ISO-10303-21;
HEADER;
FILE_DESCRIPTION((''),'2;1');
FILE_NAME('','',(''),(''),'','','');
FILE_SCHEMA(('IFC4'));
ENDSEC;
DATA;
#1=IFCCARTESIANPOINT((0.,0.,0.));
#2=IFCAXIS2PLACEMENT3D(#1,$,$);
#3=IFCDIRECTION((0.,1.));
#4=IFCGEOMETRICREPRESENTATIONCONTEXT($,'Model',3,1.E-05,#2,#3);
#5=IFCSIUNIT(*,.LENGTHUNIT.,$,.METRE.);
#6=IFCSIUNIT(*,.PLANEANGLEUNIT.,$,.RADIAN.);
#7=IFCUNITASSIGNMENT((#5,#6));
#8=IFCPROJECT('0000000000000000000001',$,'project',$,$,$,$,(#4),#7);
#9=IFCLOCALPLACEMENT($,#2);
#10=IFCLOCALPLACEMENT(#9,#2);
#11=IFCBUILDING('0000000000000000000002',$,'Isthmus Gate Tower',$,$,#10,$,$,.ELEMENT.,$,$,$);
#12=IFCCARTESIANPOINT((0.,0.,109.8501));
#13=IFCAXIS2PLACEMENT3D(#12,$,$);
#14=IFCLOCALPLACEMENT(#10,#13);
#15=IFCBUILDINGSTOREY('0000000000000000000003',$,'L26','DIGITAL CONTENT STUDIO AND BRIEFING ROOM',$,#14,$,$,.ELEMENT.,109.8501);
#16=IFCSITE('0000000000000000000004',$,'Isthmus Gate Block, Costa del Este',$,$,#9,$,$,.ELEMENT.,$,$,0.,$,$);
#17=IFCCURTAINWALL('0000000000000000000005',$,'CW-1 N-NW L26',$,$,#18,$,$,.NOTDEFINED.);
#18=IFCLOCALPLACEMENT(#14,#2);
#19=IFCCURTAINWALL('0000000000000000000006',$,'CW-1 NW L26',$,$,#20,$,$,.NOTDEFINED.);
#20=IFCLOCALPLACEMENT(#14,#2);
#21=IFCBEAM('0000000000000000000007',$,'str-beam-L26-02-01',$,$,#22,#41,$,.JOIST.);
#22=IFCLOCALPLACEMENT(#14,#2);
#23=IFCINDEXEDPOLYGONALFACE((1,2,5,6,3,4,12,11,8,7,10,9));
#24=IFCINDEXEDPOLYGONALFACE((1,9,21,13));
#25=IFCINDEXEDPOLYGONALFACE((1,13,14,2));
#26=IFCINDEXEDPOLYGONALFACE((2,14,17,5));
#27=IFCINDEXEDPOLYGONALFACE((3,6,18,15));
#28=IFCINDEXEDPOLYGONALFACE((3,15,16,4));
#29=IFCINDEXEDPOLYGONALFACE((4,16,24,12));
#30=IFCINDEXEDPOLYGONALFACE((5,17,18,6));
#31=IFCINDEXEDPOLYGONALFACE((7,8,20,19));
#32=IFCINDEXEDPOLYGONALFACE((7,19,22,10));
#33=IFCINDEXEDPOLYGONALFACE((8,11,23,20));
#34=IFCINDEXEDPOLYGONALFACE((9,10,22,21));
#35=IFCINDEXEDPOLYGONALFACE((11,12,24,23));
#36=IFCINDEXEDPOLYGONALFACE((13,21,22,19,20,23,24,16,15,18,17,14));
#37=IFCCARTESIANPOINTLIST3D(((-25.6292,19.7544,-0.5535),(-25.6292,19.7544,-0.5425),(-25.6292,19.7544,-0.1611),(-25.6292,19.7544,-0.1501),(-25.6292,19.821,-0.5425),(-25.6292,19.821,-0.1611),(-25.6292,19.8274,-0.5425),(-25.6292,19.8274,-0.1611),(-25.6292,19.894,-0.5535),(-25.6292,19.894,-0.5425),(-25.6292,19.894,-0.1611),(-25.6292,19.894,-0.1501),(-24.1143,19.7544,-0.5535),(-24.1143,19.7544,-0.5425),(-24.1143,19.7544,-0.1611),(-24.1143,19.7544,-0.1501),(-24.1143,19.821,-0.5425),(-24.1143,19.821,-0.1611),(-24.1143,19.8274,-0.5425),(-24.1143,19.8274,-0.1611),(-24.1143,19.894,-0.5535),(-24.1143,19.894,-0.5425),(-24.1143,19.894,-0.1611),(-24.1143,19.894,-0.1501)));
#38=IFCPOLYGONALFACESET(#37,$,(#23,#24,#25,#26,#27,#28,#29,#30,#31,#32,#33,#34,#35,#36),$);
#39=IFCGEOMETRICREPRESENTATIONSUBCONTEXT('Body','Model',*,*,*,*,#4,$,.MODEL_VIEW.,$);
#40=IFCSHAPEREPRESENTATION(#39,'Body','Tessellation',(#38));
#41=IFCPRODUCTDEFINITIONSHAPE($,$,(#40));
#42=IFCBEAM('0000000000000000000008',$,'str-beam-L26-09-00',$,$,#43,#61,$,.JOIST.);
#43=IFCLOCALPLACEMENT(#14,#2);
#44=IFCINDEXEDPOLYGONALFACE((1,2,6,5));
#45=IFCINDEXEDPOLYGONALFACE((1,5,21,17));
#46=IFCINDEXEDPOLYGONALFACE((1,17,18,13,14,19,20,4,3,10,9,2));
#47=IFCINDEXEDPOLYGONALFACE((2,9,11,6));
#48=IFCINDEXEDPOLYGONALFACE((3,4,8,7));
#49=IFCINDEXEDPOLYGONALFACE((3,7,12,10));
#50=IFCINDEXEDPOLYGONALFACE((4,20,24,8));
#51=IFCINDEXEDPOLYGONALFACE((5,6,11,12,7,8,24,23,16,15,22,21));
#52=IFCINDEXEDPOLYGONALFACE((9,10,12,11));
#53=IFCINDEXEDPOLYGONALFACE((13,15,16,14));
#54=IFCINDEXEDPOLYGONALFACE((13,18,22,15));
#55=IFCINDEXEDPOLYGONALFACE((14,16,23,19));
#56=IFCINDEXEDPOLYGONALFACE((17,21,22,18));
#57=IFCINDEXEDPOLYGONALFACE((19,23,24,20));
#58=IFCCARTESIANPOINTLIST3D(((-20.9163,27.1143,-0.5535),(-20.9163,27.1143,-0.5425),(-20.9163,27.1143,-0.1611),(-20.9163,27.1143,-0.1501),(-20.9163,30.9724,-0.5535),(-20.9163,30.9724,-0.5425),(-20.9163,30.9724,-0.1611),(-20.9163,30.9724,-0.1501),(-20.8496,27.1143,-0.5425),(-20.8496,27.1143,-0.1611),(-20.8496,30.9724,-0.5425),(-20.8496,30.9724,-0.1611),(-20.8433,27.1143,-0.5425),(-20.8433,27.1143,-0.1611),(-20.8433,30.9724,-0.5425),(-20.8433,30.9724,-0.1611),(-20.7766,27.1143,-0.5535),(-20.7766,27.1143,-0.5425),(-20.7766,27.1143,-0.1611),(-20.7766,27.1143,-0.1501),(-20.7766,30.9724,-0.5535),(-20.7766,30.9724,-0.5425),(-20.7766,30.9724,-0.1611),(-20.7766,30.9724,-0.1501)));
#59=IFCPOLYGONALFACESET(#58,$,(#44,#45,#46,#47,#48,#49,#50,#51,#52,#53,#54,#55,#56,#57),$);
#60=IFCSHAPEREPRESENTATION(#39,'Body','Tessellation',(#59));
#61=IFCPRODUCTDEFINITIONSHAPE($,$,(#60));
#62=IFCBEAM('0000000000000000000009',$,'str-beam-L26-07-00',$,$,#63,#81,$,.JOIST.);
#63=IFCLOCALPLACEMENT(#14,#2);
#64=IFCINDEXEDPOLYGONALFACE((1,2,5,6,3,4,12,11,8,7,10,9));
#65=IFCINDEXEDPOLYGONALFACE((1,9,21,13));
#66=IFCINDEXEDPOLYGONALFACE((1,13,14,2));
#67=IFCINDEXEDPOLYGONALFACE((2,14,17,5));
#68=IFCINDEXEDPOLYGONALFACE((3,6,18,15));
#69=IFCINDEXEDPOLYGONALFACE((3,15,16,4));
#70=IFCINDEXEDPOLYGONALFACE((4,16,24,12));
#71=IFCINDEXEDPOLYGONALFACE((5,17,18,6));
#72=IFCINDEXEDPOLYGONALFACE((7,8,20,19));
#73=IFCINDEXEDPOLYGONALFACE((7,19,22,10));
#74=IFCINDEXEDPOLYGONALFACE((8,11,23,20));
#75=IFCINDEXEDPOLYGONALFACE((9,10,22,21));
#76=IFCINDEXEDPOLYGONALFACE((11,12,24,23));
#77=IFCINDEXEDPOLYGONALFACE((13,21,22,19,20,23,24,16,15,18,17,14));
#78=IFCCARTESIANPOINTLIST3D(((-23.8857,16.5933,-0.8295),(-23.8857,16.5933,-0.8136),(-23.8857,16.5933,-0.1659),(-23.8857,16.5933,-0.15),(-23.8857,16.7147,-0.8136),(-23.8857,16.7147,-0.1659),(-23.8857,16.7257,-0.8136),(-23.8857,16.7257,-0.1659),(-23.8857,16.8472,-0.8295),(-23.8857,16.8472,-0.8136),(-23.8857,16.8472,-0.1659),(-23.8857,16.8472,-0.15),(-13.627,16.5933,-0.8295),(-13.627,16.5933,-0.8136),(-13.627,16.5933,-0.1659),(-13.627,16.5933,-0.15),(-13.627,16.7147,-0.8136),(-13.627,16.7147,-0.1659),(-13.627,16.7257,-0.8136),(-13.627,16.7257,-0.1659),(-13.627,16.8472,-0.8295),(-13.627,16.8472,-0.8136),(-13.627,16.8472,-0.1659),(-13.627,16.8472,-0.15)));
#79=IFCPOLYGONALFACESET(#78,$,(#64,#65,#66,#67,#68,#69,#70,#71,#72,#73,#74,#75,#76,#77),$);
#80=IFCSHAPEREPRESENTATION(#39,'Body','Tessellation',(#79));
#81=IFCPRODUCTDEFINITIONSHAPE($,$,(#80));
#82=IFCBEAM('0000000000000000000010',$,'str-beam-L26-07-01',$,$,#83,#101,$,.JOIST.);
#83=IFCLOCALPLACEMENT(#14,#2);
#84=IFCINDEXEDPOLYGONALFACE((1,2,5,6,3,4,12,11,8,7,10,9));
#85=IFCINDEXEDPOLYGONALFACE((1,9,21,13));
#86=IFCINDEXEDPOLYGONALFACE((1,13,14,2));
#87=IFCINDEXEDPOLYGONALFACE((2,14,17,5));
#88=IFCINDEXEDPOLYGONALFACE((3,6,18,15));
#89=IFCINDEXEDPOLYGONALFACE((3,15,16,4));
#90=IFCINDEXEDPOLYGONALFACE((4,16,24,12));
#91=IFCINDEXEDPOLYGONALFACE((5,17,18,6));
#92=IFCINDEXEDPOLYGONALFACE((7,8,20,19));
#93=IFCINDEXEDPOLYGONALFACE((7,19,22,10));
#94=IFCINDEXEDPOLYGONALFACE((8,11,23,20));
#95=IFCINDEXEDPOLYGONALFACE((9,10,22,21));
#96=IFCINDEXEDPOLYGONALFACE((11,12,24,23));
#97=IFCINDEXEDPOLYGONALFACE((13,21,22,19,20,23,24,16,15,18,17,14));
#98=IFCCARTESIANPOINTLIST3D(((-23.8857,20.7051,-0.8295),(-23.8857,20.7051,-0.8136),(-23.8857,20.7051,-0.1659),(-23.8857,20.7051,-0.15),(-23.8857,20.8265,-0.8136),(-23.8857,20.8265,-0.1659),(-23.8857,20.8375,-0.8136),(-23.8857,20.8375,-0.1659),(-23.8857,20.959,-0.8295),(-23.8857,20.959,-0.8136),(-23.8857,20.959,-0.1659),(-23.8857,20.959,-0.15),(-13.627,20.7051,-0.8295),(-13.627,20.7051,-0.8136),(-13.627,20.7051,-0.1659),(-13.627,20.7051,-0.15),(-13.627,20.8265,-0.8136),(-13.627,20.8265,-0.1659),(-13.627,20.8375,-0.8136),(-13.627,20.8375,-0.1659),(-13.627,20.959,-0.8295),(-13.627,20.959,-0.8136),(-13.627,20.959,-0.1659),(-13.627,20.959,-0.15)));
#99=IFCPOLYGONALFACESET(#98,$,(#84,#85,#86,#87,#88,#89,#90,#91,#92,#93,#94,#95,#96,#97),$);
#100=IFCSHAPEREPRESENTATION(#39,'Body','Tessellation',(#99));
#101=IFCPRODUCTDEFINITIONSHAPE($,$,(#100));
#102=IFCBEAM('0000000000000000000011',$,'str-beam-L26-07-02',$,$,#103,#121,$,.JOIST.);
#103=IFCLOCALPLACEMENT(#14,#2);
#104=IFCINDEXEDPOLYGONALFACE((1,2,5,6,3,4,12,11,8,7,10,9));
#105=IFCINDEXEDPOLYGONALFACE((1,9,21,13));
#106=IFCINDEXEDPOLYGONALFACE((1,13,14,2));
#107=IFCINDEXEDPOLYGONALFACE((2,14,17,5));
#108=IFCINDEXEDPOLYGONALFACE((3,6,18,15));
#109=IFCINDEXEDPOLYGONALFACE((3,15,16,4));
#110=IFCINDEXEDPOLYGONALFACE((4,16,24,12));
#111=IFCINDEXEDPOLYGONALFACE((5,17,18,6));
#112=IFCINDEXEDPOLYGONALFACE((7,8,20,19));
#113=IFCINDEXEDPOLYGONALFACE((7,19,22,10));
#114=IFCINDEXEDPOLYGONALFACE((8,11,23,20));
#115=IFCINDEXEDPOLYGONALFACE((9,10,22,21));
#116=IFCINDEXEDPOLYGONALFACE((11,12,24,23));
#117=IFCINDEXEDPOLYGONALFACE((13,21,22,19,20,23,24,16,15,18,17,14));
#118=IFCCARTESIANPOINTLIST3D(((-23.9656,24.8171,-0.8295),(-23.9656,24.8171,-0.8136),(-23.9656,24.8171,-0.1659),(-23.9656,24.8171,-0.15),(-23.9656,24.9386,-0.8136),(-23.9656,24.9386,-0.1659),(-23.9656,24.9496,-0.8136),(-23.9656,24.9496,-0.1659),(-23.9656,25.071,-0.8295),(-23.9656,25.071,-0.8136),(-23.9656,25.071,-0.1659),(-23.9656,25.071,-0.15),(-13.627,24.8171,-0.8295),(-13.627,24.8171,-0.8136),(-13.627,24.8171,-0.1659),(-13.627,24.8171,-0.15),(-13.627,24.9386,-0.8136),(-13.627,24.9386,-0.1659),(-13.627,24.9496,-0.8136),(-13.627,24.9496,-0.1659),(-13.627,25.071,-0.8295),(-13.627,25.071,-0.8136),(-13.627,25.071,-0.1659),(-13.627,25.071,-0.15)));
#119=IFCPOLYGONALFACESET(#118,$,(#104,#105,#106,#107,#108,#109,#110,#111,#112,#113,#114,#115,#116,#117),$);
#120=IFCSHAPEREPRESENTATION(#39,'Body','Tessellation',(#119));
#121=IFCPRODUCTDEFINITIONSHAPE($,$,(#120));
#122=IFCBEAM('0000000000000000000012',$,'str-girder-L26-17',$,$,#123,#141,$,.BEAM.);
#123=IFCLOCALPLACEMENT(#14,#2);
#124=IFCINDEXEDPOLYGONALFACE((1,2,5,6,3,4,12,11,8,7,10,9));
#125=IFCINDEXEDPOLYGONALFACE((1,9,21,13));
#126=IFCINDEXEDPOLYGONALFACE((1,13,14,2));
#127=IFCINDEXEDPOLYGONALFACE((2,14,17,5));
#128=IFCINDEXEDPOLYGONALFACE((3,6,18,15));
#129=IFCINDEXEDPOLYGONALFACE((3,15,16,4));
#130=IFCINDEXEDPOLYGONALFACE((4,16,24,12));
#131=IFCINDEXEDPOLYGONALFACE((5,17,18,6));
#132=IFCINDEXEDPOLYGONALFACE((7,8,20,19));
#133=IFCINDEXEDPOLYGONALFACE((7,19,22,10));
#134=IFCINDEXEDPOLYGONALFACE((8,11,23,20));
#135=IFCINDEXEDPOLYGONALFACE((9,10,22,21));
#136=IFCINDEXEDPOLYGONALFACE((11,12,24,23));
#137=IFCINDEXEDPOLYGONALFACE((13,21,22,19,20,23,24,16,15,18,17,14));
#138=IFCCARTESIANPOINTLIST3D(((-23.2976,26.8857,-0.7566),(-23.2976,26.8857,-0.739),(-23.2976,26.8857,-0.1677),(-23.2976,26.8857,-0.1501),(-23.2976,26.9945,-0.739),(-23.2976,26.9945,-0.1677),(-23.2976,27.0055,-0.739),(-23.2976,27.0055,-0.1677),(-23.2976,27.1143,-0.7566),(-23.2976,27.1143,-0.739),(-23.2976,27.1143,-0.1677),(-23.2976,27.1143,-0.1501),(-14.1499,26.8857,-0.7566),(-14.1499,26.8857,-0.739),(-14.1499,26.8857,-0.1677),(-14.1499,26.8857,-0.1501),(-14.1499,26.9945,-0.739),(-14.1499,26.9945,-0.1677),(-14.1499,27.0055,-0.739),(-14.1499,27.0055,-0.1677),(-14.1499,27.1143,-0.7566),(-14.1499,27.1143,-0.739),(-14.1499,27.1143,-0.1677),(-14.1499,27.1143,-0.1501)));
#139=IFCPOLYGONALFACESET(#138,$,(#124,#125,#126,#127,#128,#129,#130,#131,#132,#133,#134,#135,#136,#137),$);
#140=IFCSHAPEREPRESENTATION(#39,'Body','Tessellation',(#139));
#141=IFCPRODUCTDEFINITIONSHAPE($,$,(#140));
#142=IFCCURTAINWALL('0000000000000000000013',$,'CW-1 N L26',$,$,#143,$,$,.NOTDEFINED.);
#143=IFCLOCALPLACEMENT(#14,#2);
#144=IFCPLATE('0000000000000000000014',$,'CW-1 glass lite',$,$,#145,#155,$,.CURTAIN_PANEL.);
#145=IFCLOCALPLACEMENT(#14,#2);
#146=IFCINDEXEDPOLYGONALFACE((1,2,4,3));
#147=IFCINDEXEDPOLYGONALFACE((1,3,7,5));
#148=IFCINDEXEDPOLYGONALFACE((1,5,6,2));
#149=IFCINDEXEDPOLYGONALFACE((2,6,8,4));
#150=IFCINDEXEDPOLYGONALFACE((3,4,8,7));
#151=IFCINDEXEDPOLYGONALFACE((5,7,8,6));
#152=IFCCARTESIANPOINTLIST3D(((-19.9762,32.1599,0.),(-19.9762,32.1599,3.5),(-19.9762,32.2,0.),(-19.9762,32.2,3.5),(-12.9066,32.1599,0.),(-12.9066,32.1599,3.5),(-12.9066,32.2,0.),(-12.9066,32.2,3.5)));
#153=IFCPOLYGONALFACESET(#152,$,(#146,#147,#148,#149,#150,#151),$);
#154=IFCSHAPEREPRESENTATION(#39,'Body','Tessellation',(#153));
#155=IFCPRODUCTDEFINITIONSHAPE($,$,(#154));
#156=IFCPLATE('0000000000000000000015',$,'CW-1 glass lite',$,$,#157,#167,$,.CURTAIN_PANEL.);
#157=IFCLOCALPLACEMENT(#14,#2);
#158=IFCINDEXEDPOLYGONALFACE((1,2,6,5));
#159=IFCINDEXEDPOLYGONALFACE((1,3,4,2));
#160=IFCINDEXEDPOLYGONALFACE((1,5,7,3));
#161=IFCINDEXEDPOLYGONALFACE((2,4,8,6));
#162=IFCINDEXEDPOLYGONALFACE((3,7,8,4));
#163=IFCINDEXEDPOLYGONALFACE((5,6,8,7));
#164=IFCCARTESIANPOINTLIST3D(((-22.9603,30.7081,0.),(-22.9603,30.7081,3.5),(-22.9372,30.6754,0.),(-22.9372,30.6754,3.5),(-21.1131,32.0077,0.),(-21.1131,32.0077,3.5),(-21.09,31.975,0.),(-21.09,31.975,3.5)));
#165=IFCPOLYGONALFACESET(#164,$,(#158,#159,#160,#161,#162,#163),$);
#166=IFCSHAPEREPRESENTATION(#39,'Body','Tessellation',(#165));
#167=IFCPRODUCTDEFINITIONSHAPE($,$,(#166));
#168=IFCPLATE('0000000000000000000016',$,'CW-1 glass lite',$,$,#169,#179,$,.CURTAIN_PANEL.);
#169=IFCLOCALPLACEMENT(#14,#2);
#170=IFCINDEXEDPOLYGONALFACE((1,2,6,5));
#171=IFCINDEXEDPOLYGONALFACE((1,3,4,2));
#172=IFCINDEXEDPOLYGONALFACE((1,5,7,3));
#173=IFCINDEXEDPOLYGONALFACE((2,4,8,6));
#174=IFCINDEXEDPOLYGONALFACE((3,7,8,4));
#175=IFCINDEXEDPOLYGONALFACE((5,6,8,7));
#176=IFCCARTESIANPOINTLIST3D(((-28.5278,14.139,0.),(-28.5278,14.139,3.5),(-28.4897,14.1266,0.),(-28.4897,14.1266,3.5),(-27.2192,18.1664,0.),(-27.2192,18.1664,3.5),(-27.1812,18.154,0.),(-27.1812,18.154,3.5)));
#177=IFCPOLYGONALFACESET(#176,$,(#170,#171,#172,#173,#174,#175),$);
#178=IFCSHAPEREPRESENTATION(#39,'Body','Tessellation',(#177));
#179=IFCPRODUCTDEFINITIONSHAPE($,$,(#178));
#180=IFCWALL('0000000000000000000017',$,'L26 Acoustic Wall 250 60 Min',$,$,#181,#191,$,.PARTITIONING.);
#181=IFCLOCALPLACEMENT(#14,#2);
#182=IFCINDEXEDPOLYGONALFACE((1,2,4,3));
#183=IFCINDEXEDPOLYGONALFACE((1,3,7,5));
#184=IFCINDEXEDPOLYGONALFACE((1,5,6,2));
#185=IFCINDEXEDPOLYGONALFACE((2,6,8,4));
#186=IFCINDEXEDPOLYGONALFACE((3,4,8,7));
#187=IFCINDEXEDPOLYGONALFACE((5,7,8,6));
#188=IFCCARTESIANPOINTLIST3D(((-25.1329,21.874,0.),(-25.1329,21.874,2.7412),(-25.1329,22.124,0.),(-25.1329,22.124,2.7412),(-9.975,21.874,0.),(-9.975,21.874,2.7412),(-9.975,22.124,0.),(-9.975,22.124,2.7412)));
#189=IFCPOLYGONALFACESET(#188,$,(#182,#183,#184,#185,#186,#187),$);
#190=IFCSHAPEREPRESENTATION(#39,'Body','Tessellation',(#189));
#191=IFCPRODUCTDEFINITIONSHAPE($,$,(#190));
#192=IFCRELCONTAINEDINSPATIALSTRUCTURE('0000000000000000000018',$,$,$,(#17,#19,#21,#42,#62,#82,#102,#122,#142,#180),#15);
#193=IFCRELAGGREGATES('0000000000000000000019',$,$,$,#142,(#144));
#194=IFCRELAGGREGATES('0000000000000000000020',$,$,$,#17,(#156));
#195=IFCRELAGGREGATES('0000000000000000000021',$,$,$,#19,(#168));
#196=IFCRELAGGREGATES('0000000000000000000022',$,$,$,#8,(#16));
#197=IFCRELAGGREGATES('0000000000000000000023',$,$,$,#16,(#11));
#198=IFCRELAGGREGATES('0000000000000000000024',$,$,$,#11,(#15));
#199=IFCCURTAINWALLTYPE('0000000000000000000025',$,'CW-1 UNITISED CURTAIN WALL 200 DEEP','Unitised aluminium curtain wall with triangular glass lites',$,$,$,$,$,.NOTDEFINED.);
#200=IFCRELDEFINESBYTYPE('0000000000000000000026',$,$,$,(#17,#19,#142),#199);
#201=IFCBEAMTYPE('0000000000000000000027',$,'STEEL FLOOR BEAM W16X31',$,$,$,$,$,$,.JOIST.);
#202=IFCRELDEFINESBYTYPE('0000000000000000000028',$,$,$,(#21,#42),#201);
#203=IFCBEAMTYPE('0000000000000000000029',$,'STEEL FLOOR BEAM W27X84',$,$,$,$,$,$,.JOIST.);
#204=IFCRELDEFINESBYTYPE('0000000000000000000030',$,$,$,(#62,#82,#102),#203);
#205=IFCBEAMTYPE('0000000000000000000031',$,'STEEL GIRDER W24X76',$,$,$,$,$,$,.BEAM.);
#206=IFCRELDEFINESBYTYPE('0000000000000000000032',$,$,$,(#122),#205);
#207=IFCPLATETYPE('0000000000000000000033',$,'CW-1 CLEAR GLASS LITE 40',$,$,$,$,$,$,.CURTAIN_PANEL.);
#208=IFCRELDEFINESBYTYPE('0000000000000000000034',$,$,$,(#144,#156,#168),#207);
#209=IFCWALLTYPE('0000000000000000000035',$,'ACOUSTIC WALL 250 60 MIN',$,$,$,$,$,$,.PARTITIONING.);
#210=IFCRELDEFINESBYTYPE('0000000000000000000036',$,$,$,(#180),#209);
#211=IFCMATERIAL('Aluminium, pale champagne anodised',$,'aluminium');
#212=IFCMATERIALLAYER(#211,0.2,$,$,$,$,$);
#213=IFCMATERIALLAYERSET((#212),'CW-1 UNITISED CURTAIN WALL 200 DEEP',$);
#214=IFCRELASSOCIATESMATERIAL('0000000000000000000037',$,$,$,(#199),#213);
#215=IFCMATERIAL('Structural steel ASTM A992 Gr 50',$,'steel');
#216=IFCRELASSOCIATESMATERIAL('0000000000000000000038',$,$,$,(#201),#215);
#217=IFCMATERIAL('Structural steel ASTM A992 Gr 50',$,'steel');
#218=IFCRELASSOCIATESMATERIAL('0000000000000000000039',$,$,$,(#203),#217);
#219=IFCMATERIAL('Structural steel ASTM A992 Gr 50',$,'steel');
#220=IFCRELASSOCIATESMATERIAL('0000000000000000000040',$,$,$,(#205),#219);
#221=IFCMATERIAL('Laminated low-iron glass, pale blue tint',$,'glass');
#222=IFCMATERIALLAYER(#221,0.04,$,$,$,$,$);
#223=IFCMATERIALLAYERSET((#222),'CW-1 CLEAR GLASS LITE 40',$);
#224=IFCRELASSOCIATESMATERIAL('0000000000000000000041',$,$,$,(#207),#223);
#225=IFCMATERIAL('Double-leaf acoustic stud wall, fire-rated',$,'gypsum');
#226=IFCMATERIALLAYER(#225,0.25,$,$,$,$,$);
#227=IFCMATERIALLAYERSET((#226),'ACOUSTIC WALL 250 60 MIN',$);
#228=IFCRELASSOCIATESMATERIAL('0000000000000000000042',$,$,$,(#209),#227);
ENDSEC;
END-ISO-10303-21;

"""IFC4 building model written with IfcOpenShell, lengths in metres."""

from ifc_helpers import new_model, si_unit, direction, frame, frame_2d, origin, origin_2d, place, context, subcontext, project, spatial, rectangle, i_section, extrude, material, layer, layer_set, material_profile, profile_set, type_object, element, aggregate, save


model = new_model("IFC4")

# Units and contexts
model_context = context("Model", 3, precision=1e-05, world=origin(), true_north=direction((0.0, 1.0)))
body_context = subcontext(model_context, "Body", "Model", "MODEL_VIEW")
ifc_project = project(units=[si_unit("LENGTHUNIT", "METRE"), si_unit("PLANEANGLEUNIT", "RADIAN")], contexts=[model_context])

# Site, building, storey
site_placement = place(None, origin())
site = spatial("IfcSite", under=ifc_project, at=site_placement, Name="Isthmus Gate Block, Costa del Este", CompositionType="ELEMENT", RefElevation=0.0)
building_placement = place(site_placement, origin())
building = spatial("IfcBuilding", under=site, at=building_placement, Name="Isthmus Gate Tower", CompositionType="ELEMENT")
storey_placement = place(building_placement, frame((0.0, 0.0, 109.8501)))
storey = spatial("IfcBuildingStorey", under=building, at=storey_placement, Name="L26", Description="DIGITAL CONTENT STUDIO AND BRIEFING ROOM", CompositionType="ELEMENT", Elevation=109.8501)

# Curtain wall
ifc_material_1 = material(Name="Aluminium, pale champagne anodised", Category="aluminium")
ifc_layer_1 = layer(ifc_material_1, 0.2)
ifc_layer_set_1 = layer_set([ifc_layer_1], Name="CW-1 UNITISED CURTAIN WALL 200 DEEP")
curtain_wall_type = type_object("IfcCurtainWallType", Name="CW-1 UNITISED CURTAIN WALL 200 DEEP", Description="Unitised aluminium curtain wall with triangular glass lites", PredefinedType="NOTDEFINED", material=ifc_layer_set_1)
curtain_wall_1_placement = place(storey_placement, origin())
curtain_wall_1 = element("IfcCurtainWall", 1, at=curtain_wall_1_placement, inside=storey, type_object=curtain_wall_type, Name="CW-1 N-NW L26", PredefinedType="NOTDEFINED")

# Curtain wall
curtain_wall_2_placement = place(storey_placement, origin())
curtain_wall_2 = element("IfcCurtainWall", 2, at=curtain_wall_2_placement, inside=storey, type_object=curtain_wall_type, Name="CW-1 NW L26", PredefinedType="NOTDEFINED")

# Beams
ifc_material_2 = material(Name="Structural steel ASTM A992 Gr 50", Category="steel")
ifc_material_profile_1 = material_profile(ifc_material_2, i_section(OverallWidth=0.1396, OverallDepth=0.4033, WebThickness=0.0063, FlangeThickness=0.011, at=origin_2d()), Name="W16X31")
ifc_profile_set_1 = profile_set([ifc_material_profile_1], Name="Structural steel ASTM A992 Gr 50")
beam_type_1 = type_object("IfcBeamType", Name="STEEL FLOOR BEAM W16X31", PredefinedType="JOIST", material=ifc_profile_set_1)
beam_1_placement = place(storey_placement, frame((-25.6292, 19.8242, -0.3518), z_axis=(1.0, 0.0, 0.0), x_axis=(0.0, 1.0, 0.0)))
element("IfcBeam", 3, at=beam_1_placement, inside=storey, type_object=beam_type_1, Name="str-beam-L26-02-01", PredefinedType="JOIST", context=body_context, shape_type="SweptSolid", body=[
    extrude(i_section(OverallWidth=0.1396, OverallDepth=0.4033, WebThickness=0.0063, FlangeThickness=0.011, at=origin_2d()), origin(), (0.0, 0.0, 1.0), 1.5149),
])
beam_2_placement = place(storey_placement, frame((-20.8464, 27.1143, -0.3518), z_axis=(0.0, 1.0, 0.0), x_axis=(-1.0, 0.0, 0.0)))
element("IfcBeam", 4, at=beam_2_placement, inside=storey, type_object=beam_type_1, Name="str-beam-L26-09-00", PredefinedType="JOIST", context=body_context, shape_type="SweptSolid", body=[
    extrude(i_section(OverallWidth=0.1396, OverallDepth=0.4033, WebThickness=0.0063, FlangeThickness=0.011, at=origin_2d()), origin(), (0.0, 0.0, 1.0), 3.8582),
])
ifc_material_3 = material(Name="Structural steel ASTM A992 Gr 50", Category="steel")
ifc_material_profile_2 = material_profile(ifc_material_3, i_section(OverallWidth=0.2539, OverallDepth=0.6794, WebThickness=0.011, FlangeThickness=0.0159, at=origin_2d()), Name="W27X84")
ifc_profile_set_2 = profile_set([ifc_material_profile_2], Name="Structural steel ASTM A992 Gr 50")
beam_type_2 = type_object("IfcBeamType", Name="STEEL FLOOR BEAM W27X84", PredefinedType="JOIST", material=ifc_profile_set_2)
for number, where, z_axis, x_axis, name in (
    (5, (-23.8857, 16.7202, -0.4897), (1.0, 0.0, 0.0), (0.0, 1.0, 0.0), "str-beam-L26-07-00"),
    (6, (-23.8857, 20.832, -0.4897), (1.0, 0.0, 0.0), (0.0, 1.0, 0.0), "str-beam-L26-07-01"),
):
    element("IfcBeam", number, at=place(storey_placement, frame(where, z_axis=z_axis, x_axis=x_axis)), inside=storey, type_object=beam_type_2, Name=name, PredefinedType="JOIST", context=body_context, shape_type="SweptSolid", body=[
        extrude(i_section(OverallWidth=0.2539, OverallDepth=0.6794, WebThickness=0.011, FlangeThickness=0.0159, at=origin_2d()), origin(), (0.0, 0.0, 1.0), 10.2588),
    ])
beam_3_placement = place(storey_placement, frame((-23.9656, 24.9441, -0.4897), z_axis=(1.0, 0.0, 0.0), x_axis=(0.0, 1.0, 0.0)))
element("IfcBeam", 7, at=beam_3_placement, inside=storey, type_object=beam_type_2, Name="str-beam-L26-07-02", PredefinedType="JOIST", context=body_context, shape_type="SweptSolid", body=[
    extrude(i_section(OverallWidth=0.2539, OverallDepth=0.6794, WebThickness=0.011, FlangeThickness=0.0159, at=origin_2d()), origin(), (0.0, 0.0, 1.0), 10.3386),
])
ifc_material_4 = material(Name="Structural steel ASTM A992 Gr 50", Category="steel")
ifc_material_profile_3 = material_profile(ifc_material_4, i_section(OverallWidth=0.2285, OverallDepth=0.6064, WebThickness=0.011, FlangeThickness=0.0176, at=origin_2d()), Name="W24X76")
ifc_profile_set_3 = profile_set([ifc_material_profile_3], Name="Structural steel ASTM A992 Gr 50")
beam_type_3 = type_object("IfcBeamType", Name="STEEL GIRDER W24X76", PredefinedType="BEAM", material=ifc_profile_set_3)
beam_4_placement = place(storey_placement, frame((-23.2976, 27.0, -0.4534), z_axis=(1.0, 0.0, 0.0), x_axis=(0.0, 1.0, 0.0)))
element("IfcBeam", 8, at=beam_4_placement, inside=storey, type_object=beam_type_3, Name="str-girder-L26-17", PredefinedType="BEAM", context=body_context, shape_type="SweptSolid", body=[
    extrude(i_section(OverallWidth=0.2285, OverallDepth=0.6064, WebThickness=0.011, FlangeThickness=0.0176, at=origin_2d()), origin(), (0.0, 0.0, 1.0), 9.1477),
])

# Curtain wall, plate
curtain_wall_3_placement = place(storey_placement, origin())
curtain_wall_3 = element("IfcCurtainWall", 9, at=curtain_wall_3_placement, inside=storey, type_object=curtain_wall_type, Name="CW-1 N L26", PredefinedType="NOTDEFINED")
ifc_material_5 = material(Name="Laminated low-iron glass, pale blue tint", Category="glass")
ifc_layer_2 = layer(ifc_material_5, 0.04)
ifc_layer_set_2 = layer_set([ifc_layer_2], Name="CW-1 CLEAR GLASS LITE 40")
plate_type = type_object("IfcPlateType", Name="CW-1 CLEAR GLASS LITE 40", PredefinedType="CURTAIN_PANEL", material=ifc_layer_set_2)
plate_1_placement = place(storey_placement, frame((-16.4414, 32.1799, 0.0), z_axis=(0.0, 0.0, 1.0), x_axis=(-1.0, 0.0, 0.0)))
plate_1 = element("IfcPlate", 10, at=plate_1_placement, type_object=plate_type, Name="CW-1 glass lite", PredefinedType="CURTAIN_PANEL", context=body_context, shape_type="SweptSolid", body=[
    extrude(rectangle(XDim=7.0696, YDim=0.04, at=origin_2d()), origin(), (0.0, 0.0, 1.0), 3.5),
])
aggregate(curtain_wall_3, [plate_1])

# Plates
plate_2_placement = place(storey_placement, frame((-22.0251, 31.3416, 0.0), z_axis=(0.0, 0.0, 1.0), x_axis=(-0.81786, -0.575418, 0.0)))
plate_2 = element("IfcPlate", 11, at=plate_2_placement, type_object=plate_type, Name="CW-1 glass lite", PredefinedType="CURTAIN_PANEL", context=body_context, shape_type="SweptSolid", body=[
    extrude(rectangle(XDim=2.2585, YDim=0.04, at=origin_2d()), origin(), (0.0, 0.0, 1.0), 3.5),
])
aggregate(curtain_wall_1, [plate_2])
plate_3_placement = place(storey_placement, frame((-27.8545, 16.1465, 0.0), z_axis=(0.0, 0.0, 1.0), x_axis=(-0.309017, -0.951057, 0.0)))
plate_3 = element("IfcPlate", 12, at=plate_3_placement, type_object=plate_type, Name="CW-1 glass lite", PredefinedType="CURTAIN_PANEL", context=body_context, shape_type="SweptSolid", body=[
    extrude(rectangle(XDim=4.2346, YDim=0.04, at=origin_2d()), origin(), (0.0, 0.0, 1.0), 3.5),
])

# Wall
ifc_material_6 = material(Name="Double-leaf acoustic stud wall, fire-rated", Category="gypsum")
ifc_layer_3 = layer(ifc_material_6, 0.25)
ifc_layer_set_3 = layer_set([ifc_layer_3], Name="ACOUSTIC WALL 250 60 MIN")
wall_type = type_object("IfcWallType", Name="ACOUSTIC WALL 250 60 MIN", PredefinedType="PARTITIONING", material=ifc_layer_set_3)
wall_1_placement = place(storey_placement, frame((-25.1331, 21.999, 0.0), z_axis=(0.0, 0.0, 1.0), x_axis=(1.0, 0.0, 0.0)))
element("IfcWall", 13, at=wall_1_placement, inside=storey, type_object=wall_type, Name="L26 Acoustic Wall 250 60 Min", PredefinedType="PARTITIONING", context=body_context, shape_type="SweptSolid", body=[
    extrude(rectangle(XDim=15.158, YDim=0.25, at=frame_2d((7.5791, 0.0))), origin(), (0.0, 0.0, 1.0), 2.7412),
])

aggregate(curtain_wall_2, [plate_3])

save(model, "model.ifc")
